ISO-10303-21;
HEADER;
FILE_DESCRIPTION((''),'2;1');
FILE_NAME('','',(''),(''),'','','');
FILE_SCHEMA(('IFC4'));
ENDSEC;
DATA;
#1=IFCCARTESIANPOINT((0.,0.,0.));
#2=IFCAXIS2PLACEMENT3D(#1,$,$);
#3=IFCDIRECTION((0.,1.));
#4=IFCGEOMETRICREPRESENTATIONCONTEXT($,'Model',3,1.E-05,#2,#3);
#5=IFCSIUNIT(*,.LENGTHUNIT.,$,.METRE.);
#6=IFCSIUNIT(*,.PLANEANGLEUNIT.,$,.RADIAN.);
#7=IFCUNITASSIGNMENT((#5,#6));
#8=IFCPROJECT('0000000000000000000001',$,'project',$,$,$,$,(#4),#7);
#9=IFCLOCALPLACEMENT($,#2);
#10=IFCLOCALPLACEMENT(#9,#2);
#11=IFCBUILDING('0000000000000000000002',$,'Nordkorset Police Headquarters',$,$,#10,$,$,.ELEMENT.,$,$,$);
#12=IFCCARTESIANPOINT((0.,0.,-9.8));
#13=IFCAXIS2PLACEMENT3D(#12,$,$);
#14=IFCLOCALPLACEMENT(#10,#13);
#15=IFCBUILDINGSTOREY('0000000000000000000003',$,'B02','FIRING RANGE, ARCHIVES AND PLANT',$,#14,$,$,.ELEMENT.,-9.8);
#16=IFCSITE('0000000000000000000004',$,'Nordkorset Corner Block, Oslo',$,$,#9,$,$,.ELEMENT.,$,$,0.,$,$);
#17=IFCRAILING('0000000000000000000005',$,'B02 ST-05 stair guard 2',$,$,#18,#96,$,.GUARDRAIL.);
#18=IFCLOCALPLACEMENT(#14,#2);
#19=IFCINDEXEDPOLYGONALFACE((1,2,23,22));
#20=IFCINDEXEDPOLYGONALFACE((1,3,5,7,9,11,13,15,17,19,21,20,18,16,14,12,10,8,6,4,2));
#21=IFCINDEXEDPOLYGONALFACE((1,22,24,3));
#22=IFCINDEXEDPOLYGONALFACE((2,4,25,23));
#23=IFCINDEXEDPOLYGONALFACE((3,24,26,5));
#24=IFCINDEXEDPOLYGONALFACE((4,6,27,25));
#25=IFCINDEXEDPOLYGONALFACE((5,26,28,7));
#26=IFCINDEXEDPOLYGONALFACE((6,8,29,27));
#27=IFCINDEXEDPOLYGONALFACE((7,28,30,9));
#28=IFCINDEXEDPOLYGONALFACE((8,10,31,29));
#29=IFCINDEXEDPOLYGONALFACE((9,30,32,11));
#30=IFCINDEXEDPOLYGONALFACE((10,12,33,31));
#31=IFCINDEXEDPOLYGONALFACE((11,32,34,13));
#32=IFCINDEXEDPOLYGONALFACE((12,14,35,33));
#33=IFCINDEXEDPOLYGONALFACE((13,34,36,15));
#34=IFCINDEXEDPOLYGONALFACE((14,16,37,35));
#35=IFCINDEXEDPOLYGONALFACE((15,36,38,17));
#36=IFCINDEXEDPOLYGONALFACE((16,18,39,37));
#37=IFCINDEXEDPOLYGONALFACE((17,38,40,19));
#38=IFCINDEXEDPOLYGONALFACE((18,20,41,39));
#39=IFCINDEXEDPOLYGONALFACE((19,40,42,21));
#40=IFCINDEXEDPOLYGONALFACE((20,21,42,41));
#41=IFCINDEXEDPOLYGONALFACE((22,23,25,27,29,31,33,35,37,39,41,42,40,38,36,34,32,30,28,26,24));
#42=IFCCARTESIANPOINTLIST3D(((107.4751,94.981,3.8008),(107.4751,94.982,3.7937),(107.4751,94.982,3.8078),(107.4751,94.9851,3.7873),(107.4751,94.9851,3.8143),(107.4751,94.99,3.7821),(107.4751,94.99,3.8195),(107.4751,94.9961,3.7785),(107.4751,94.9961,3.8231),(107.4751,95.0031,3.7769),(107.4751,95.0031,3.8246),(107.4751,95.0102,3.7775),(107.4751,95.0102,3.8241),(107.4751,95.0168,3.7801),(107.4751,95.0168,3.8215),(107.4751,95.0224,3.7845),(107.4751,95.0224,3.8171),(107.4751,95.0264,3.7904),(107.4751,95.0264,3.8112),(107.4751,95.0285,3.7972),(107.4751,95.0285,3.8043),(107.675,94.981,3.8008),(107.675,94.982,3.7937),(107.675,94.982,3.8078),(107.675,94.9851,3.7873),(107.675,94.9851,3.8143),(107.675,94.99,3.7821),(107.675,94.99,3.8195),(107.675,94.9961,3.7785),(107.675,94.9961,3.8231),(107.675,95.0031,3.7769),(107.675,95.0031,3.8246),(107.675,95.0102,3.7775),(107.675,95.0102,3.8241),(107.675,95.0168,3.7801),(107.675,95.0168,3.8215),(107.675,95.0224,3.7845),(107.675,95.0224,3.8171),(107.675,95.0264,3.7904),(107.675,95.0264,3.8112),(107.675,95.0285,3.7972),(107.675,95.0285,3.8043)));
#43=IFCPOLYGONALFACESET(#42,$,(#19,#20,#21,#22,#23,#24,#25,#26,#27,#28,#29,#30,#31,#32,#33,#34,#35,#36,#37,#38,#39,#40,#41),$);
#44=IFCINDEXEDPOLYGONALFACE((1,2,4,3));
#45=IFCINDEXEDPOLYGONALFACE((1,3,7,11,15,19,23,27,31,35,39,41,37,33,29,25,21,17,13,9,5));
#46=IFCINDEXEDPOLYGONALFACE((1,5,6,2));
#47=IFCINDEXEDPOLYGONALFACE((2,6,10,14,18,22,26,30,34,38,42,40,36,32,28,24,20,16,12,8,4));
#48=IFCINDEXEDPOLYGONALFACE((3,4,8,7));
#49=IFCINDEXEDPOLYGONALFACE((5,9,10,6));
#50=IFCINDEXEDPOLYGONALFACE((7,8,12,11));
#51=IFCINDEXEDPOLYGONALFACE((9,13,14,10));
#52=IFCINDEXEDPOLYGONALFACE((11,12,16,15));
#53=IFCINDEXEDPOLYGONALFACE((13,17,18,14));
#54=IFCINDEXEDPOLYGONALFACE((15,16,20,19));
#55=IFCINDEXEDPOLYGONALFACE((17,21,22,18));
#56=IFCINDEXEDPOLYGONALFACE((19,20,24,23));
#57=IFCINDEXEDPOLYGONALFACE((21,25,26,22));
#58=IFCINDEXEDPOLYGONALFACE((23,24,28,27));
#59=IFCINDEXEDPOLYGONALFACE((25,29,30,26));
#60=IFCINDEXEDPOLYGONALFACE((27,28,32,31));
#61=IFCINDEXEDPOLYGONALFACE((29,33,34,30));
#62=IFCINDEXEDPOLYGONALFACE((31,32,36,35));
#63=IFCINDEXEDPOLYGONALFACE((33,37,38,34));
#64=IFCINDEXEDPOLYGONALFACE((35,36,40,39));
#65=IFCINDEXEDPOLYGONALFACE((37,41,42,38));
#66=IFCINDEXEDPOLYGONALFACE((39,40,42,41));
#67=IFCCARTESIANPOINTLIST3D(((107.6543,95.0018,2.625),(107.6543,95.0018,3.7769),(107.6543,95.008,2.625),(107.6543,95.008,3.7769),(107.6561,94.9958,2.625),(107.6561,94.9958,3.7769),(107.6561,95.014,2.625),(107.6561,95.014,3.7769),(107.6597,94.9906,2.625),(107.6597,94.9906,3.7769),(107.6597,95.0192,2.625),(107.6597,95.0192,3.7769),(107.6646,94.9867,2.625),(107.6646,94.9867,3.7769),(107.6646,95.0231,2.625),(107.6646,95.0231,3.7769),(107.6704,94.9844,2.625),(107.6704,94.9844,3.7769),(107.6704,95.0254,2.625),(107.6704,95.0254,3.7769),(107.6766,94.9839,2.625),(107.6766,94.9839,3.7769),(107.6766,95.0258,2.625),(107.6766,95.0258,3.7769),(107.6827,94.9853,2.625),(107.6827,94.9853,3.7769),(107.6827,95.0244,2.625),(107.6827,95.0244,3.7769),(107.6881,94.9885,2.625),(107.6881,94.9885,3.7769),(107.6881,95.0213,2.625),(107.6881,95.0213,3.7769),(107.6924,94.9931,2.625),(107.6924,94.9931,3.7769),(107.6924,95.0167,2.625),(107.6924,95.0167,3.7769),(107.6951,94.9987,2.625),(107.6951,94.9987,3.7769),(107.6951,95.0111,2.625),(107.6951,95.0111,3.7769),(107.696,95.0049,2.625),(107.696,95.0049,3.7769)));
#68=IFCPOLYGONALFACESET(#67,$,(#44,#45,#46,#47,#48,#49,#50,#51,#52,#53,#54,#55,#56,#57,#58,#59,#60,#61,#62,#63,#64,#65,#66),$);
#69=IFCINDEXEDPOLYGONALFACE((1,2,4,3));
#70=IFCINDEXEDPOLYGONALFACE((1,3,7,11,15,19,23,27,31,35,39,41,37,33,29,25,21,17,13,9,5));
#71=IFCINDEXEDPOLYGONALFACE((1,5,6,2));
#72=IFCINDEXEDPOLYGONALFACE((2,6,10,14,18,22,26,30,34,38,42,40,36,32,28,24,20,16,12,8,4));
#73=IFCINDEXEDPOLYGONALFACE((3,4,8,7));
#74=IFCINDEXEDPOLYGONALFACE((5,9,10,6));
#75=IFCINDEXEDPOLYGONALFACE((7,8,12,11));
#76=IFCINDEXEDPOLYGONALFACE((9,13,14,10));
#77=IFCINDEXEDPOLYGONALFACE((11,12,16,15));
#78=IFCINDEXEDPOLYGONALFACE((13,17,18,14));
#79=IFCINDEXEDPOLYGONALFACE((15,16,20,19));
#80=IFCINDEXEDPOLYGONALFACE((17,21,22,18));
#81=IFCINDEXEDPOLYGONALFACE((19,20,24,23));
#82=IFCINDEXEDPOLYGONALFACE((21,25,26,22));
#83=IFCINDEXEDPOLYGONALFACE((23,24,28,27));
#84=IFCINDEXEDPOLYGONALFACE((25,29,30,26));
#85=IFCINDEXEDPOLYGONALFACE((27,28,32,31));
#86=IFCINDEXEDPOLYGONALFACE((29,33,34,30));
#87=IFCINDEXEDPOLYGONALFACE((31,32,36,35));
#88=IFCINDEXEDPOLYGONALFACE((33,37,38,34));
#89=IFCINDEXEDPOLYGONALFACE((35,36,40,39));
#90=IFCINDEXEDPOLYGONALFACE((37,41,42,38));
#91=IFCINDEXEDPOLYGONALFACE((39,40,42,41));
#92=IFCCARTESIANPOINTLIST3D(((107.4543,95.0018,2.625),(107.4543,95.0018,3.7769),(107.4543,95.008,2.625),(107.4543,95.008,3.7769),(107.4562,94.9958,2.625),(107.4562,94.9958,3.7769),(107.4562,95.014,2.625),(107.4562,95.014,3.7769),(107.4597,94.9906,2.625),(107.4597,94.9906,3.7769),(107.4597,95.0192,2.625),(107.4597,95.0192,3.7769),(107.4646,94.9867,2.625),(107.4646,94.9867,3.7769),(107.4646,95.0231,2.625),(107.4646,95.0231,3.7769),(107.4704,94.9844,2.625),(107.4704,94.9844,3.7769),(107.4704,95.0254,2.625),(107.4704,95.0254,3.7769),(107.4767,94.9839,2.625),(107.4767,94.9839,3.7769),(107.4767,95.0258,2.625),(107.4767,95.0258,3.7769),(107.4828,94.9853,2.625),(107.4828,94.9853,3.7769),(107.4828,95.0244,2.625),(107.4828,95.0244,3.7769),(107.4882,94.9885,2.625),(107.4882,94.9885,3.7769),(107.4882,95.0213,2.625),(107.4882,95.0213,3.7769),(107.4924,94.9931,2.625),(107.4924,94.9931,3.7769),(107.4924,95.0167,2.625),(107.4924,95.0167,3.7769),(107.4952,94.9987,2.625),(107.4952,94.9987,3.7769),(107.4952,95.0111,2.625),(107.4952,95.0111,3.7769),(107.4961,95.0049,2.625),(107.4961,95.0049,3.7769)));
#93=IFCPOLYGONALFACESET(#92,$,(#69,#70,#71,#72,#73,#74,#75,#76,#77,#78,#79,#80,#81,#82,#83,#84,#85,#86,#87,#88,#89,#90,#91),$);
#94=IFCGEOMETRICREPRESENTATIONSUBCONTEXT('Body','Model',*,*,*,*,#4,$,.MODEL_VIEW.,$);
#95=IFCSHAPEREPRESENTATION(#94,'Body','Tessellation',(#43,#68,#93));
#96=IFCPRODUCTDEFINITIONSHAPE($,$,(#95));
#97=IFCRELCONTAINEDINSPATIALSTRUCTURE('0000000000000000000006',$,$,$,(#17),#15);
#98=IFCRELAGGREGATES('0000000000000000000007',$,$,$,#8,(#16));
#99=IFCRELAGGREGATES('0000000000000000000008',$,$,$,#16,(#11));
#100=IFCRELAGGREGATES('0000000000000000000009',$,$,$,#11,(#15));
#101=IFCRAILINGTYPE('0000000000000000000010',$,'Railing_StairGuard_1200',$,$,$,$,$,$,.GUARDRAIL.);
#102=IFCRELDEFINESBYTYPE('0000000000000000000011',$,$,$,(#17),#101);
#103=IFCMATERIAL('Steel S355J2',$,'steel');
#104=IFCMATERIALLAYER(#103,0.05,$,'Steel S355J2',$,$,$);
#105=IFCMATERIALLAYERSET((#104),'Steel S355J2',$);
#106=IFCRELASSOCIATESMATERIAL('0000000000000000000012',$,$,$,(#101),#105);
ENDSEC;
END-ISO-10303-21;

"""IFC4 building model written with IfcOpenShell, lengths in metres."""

from ifc_helpers import new_model, si_unit, direction, frame, origin, origin_2d, place, context, subcontext, project, spatial, circle, extrude, material, layer, layer_set, type_object, element, save


model = new_model("IFC4")

# Units and contexts
model_context = context("Model", 3, precision=1e-05, world=origin(), true_north=direction((0.0, 1.0)))
body_context = subcontext(model_context, "Body", "Model", "MODEL_VIEW")
ifc_project = project(units=[si_unit("LENGTHUNIT", "METRE"), si_unit("PLANEANGLEUNIT", "RADIAN")], contexts=[model_context])

# Site, building, storey
site_placement = place(None, origin())
site = spatial("IfcSite", under=ifc_project, at=site_placement, Name="Nordkorset Corner Block, Oslo", CompositionType="ELEMENT", RefElevation=0.0)
building_placement = place(site_placement, origin())
building = spatial("IfcBuilding", under=site, at=building_placement, Name="Nordkorset Police Headquarters", CompositionType="ELEMENT")
storey_placement = place(building_placement, frame((0.0, 0.0, -9.8)))
storey = spatial("IfcBuildingStorey", under=building, at=storey_placement, Name="B02", Description="FIRING RANGE, ARCHIVES AND PLANT", CompositionType="ELEMENT", Elevation=-9.8)

# Railing
ifc_material_1 = material(Name="Steel S355J2", Category="steel")
ifc_layer_1 = layer(ifc_material_1, 0.05, Name="Steel S355J2")
ifc_layer_set_1 = layer_set([ifc_layer_1], Name="Steel S355J2")
railing_type_1 = type_object("IfcRailingType", Name="Railing_StairGuard_1200", PredefinedType="GUARDRAIL", material=ifc_layer_set_1)
railing_1_placement = place(storey_placement, frame((107.675, 95.0049, 2.625)))
element("IfcRailing", 1, at=railing_1_placement, inside=storey, type_object=railing_type_1, Name="B02 ST-05 stair guard 2", PredefinedType="GUARDRAIL", context=body_context, shape_type="SweptSolid", body=[
    extrude(circle(Radius=0.0239, at=origin_2d()), frame((0.0, 0.0, 1.1758), z_axis=(-1.0, 0.0, 0.0), x_axis=(0.0, -1.0, 0.0)), (0.0, 0.0, 1.0), 0.2),
    extrude(circle(Radius=0.021, at=origin_2d()), origin(), (0.0, 0.0, 1.0), 1.1519),
    extrude(circle(Radius=0.021, at=origin_2d()), frame((-0.2, 0.0, 0.0)), (0.0, 0.0, 1.0), 1.1519),
])

save(model, "model.ifc")
